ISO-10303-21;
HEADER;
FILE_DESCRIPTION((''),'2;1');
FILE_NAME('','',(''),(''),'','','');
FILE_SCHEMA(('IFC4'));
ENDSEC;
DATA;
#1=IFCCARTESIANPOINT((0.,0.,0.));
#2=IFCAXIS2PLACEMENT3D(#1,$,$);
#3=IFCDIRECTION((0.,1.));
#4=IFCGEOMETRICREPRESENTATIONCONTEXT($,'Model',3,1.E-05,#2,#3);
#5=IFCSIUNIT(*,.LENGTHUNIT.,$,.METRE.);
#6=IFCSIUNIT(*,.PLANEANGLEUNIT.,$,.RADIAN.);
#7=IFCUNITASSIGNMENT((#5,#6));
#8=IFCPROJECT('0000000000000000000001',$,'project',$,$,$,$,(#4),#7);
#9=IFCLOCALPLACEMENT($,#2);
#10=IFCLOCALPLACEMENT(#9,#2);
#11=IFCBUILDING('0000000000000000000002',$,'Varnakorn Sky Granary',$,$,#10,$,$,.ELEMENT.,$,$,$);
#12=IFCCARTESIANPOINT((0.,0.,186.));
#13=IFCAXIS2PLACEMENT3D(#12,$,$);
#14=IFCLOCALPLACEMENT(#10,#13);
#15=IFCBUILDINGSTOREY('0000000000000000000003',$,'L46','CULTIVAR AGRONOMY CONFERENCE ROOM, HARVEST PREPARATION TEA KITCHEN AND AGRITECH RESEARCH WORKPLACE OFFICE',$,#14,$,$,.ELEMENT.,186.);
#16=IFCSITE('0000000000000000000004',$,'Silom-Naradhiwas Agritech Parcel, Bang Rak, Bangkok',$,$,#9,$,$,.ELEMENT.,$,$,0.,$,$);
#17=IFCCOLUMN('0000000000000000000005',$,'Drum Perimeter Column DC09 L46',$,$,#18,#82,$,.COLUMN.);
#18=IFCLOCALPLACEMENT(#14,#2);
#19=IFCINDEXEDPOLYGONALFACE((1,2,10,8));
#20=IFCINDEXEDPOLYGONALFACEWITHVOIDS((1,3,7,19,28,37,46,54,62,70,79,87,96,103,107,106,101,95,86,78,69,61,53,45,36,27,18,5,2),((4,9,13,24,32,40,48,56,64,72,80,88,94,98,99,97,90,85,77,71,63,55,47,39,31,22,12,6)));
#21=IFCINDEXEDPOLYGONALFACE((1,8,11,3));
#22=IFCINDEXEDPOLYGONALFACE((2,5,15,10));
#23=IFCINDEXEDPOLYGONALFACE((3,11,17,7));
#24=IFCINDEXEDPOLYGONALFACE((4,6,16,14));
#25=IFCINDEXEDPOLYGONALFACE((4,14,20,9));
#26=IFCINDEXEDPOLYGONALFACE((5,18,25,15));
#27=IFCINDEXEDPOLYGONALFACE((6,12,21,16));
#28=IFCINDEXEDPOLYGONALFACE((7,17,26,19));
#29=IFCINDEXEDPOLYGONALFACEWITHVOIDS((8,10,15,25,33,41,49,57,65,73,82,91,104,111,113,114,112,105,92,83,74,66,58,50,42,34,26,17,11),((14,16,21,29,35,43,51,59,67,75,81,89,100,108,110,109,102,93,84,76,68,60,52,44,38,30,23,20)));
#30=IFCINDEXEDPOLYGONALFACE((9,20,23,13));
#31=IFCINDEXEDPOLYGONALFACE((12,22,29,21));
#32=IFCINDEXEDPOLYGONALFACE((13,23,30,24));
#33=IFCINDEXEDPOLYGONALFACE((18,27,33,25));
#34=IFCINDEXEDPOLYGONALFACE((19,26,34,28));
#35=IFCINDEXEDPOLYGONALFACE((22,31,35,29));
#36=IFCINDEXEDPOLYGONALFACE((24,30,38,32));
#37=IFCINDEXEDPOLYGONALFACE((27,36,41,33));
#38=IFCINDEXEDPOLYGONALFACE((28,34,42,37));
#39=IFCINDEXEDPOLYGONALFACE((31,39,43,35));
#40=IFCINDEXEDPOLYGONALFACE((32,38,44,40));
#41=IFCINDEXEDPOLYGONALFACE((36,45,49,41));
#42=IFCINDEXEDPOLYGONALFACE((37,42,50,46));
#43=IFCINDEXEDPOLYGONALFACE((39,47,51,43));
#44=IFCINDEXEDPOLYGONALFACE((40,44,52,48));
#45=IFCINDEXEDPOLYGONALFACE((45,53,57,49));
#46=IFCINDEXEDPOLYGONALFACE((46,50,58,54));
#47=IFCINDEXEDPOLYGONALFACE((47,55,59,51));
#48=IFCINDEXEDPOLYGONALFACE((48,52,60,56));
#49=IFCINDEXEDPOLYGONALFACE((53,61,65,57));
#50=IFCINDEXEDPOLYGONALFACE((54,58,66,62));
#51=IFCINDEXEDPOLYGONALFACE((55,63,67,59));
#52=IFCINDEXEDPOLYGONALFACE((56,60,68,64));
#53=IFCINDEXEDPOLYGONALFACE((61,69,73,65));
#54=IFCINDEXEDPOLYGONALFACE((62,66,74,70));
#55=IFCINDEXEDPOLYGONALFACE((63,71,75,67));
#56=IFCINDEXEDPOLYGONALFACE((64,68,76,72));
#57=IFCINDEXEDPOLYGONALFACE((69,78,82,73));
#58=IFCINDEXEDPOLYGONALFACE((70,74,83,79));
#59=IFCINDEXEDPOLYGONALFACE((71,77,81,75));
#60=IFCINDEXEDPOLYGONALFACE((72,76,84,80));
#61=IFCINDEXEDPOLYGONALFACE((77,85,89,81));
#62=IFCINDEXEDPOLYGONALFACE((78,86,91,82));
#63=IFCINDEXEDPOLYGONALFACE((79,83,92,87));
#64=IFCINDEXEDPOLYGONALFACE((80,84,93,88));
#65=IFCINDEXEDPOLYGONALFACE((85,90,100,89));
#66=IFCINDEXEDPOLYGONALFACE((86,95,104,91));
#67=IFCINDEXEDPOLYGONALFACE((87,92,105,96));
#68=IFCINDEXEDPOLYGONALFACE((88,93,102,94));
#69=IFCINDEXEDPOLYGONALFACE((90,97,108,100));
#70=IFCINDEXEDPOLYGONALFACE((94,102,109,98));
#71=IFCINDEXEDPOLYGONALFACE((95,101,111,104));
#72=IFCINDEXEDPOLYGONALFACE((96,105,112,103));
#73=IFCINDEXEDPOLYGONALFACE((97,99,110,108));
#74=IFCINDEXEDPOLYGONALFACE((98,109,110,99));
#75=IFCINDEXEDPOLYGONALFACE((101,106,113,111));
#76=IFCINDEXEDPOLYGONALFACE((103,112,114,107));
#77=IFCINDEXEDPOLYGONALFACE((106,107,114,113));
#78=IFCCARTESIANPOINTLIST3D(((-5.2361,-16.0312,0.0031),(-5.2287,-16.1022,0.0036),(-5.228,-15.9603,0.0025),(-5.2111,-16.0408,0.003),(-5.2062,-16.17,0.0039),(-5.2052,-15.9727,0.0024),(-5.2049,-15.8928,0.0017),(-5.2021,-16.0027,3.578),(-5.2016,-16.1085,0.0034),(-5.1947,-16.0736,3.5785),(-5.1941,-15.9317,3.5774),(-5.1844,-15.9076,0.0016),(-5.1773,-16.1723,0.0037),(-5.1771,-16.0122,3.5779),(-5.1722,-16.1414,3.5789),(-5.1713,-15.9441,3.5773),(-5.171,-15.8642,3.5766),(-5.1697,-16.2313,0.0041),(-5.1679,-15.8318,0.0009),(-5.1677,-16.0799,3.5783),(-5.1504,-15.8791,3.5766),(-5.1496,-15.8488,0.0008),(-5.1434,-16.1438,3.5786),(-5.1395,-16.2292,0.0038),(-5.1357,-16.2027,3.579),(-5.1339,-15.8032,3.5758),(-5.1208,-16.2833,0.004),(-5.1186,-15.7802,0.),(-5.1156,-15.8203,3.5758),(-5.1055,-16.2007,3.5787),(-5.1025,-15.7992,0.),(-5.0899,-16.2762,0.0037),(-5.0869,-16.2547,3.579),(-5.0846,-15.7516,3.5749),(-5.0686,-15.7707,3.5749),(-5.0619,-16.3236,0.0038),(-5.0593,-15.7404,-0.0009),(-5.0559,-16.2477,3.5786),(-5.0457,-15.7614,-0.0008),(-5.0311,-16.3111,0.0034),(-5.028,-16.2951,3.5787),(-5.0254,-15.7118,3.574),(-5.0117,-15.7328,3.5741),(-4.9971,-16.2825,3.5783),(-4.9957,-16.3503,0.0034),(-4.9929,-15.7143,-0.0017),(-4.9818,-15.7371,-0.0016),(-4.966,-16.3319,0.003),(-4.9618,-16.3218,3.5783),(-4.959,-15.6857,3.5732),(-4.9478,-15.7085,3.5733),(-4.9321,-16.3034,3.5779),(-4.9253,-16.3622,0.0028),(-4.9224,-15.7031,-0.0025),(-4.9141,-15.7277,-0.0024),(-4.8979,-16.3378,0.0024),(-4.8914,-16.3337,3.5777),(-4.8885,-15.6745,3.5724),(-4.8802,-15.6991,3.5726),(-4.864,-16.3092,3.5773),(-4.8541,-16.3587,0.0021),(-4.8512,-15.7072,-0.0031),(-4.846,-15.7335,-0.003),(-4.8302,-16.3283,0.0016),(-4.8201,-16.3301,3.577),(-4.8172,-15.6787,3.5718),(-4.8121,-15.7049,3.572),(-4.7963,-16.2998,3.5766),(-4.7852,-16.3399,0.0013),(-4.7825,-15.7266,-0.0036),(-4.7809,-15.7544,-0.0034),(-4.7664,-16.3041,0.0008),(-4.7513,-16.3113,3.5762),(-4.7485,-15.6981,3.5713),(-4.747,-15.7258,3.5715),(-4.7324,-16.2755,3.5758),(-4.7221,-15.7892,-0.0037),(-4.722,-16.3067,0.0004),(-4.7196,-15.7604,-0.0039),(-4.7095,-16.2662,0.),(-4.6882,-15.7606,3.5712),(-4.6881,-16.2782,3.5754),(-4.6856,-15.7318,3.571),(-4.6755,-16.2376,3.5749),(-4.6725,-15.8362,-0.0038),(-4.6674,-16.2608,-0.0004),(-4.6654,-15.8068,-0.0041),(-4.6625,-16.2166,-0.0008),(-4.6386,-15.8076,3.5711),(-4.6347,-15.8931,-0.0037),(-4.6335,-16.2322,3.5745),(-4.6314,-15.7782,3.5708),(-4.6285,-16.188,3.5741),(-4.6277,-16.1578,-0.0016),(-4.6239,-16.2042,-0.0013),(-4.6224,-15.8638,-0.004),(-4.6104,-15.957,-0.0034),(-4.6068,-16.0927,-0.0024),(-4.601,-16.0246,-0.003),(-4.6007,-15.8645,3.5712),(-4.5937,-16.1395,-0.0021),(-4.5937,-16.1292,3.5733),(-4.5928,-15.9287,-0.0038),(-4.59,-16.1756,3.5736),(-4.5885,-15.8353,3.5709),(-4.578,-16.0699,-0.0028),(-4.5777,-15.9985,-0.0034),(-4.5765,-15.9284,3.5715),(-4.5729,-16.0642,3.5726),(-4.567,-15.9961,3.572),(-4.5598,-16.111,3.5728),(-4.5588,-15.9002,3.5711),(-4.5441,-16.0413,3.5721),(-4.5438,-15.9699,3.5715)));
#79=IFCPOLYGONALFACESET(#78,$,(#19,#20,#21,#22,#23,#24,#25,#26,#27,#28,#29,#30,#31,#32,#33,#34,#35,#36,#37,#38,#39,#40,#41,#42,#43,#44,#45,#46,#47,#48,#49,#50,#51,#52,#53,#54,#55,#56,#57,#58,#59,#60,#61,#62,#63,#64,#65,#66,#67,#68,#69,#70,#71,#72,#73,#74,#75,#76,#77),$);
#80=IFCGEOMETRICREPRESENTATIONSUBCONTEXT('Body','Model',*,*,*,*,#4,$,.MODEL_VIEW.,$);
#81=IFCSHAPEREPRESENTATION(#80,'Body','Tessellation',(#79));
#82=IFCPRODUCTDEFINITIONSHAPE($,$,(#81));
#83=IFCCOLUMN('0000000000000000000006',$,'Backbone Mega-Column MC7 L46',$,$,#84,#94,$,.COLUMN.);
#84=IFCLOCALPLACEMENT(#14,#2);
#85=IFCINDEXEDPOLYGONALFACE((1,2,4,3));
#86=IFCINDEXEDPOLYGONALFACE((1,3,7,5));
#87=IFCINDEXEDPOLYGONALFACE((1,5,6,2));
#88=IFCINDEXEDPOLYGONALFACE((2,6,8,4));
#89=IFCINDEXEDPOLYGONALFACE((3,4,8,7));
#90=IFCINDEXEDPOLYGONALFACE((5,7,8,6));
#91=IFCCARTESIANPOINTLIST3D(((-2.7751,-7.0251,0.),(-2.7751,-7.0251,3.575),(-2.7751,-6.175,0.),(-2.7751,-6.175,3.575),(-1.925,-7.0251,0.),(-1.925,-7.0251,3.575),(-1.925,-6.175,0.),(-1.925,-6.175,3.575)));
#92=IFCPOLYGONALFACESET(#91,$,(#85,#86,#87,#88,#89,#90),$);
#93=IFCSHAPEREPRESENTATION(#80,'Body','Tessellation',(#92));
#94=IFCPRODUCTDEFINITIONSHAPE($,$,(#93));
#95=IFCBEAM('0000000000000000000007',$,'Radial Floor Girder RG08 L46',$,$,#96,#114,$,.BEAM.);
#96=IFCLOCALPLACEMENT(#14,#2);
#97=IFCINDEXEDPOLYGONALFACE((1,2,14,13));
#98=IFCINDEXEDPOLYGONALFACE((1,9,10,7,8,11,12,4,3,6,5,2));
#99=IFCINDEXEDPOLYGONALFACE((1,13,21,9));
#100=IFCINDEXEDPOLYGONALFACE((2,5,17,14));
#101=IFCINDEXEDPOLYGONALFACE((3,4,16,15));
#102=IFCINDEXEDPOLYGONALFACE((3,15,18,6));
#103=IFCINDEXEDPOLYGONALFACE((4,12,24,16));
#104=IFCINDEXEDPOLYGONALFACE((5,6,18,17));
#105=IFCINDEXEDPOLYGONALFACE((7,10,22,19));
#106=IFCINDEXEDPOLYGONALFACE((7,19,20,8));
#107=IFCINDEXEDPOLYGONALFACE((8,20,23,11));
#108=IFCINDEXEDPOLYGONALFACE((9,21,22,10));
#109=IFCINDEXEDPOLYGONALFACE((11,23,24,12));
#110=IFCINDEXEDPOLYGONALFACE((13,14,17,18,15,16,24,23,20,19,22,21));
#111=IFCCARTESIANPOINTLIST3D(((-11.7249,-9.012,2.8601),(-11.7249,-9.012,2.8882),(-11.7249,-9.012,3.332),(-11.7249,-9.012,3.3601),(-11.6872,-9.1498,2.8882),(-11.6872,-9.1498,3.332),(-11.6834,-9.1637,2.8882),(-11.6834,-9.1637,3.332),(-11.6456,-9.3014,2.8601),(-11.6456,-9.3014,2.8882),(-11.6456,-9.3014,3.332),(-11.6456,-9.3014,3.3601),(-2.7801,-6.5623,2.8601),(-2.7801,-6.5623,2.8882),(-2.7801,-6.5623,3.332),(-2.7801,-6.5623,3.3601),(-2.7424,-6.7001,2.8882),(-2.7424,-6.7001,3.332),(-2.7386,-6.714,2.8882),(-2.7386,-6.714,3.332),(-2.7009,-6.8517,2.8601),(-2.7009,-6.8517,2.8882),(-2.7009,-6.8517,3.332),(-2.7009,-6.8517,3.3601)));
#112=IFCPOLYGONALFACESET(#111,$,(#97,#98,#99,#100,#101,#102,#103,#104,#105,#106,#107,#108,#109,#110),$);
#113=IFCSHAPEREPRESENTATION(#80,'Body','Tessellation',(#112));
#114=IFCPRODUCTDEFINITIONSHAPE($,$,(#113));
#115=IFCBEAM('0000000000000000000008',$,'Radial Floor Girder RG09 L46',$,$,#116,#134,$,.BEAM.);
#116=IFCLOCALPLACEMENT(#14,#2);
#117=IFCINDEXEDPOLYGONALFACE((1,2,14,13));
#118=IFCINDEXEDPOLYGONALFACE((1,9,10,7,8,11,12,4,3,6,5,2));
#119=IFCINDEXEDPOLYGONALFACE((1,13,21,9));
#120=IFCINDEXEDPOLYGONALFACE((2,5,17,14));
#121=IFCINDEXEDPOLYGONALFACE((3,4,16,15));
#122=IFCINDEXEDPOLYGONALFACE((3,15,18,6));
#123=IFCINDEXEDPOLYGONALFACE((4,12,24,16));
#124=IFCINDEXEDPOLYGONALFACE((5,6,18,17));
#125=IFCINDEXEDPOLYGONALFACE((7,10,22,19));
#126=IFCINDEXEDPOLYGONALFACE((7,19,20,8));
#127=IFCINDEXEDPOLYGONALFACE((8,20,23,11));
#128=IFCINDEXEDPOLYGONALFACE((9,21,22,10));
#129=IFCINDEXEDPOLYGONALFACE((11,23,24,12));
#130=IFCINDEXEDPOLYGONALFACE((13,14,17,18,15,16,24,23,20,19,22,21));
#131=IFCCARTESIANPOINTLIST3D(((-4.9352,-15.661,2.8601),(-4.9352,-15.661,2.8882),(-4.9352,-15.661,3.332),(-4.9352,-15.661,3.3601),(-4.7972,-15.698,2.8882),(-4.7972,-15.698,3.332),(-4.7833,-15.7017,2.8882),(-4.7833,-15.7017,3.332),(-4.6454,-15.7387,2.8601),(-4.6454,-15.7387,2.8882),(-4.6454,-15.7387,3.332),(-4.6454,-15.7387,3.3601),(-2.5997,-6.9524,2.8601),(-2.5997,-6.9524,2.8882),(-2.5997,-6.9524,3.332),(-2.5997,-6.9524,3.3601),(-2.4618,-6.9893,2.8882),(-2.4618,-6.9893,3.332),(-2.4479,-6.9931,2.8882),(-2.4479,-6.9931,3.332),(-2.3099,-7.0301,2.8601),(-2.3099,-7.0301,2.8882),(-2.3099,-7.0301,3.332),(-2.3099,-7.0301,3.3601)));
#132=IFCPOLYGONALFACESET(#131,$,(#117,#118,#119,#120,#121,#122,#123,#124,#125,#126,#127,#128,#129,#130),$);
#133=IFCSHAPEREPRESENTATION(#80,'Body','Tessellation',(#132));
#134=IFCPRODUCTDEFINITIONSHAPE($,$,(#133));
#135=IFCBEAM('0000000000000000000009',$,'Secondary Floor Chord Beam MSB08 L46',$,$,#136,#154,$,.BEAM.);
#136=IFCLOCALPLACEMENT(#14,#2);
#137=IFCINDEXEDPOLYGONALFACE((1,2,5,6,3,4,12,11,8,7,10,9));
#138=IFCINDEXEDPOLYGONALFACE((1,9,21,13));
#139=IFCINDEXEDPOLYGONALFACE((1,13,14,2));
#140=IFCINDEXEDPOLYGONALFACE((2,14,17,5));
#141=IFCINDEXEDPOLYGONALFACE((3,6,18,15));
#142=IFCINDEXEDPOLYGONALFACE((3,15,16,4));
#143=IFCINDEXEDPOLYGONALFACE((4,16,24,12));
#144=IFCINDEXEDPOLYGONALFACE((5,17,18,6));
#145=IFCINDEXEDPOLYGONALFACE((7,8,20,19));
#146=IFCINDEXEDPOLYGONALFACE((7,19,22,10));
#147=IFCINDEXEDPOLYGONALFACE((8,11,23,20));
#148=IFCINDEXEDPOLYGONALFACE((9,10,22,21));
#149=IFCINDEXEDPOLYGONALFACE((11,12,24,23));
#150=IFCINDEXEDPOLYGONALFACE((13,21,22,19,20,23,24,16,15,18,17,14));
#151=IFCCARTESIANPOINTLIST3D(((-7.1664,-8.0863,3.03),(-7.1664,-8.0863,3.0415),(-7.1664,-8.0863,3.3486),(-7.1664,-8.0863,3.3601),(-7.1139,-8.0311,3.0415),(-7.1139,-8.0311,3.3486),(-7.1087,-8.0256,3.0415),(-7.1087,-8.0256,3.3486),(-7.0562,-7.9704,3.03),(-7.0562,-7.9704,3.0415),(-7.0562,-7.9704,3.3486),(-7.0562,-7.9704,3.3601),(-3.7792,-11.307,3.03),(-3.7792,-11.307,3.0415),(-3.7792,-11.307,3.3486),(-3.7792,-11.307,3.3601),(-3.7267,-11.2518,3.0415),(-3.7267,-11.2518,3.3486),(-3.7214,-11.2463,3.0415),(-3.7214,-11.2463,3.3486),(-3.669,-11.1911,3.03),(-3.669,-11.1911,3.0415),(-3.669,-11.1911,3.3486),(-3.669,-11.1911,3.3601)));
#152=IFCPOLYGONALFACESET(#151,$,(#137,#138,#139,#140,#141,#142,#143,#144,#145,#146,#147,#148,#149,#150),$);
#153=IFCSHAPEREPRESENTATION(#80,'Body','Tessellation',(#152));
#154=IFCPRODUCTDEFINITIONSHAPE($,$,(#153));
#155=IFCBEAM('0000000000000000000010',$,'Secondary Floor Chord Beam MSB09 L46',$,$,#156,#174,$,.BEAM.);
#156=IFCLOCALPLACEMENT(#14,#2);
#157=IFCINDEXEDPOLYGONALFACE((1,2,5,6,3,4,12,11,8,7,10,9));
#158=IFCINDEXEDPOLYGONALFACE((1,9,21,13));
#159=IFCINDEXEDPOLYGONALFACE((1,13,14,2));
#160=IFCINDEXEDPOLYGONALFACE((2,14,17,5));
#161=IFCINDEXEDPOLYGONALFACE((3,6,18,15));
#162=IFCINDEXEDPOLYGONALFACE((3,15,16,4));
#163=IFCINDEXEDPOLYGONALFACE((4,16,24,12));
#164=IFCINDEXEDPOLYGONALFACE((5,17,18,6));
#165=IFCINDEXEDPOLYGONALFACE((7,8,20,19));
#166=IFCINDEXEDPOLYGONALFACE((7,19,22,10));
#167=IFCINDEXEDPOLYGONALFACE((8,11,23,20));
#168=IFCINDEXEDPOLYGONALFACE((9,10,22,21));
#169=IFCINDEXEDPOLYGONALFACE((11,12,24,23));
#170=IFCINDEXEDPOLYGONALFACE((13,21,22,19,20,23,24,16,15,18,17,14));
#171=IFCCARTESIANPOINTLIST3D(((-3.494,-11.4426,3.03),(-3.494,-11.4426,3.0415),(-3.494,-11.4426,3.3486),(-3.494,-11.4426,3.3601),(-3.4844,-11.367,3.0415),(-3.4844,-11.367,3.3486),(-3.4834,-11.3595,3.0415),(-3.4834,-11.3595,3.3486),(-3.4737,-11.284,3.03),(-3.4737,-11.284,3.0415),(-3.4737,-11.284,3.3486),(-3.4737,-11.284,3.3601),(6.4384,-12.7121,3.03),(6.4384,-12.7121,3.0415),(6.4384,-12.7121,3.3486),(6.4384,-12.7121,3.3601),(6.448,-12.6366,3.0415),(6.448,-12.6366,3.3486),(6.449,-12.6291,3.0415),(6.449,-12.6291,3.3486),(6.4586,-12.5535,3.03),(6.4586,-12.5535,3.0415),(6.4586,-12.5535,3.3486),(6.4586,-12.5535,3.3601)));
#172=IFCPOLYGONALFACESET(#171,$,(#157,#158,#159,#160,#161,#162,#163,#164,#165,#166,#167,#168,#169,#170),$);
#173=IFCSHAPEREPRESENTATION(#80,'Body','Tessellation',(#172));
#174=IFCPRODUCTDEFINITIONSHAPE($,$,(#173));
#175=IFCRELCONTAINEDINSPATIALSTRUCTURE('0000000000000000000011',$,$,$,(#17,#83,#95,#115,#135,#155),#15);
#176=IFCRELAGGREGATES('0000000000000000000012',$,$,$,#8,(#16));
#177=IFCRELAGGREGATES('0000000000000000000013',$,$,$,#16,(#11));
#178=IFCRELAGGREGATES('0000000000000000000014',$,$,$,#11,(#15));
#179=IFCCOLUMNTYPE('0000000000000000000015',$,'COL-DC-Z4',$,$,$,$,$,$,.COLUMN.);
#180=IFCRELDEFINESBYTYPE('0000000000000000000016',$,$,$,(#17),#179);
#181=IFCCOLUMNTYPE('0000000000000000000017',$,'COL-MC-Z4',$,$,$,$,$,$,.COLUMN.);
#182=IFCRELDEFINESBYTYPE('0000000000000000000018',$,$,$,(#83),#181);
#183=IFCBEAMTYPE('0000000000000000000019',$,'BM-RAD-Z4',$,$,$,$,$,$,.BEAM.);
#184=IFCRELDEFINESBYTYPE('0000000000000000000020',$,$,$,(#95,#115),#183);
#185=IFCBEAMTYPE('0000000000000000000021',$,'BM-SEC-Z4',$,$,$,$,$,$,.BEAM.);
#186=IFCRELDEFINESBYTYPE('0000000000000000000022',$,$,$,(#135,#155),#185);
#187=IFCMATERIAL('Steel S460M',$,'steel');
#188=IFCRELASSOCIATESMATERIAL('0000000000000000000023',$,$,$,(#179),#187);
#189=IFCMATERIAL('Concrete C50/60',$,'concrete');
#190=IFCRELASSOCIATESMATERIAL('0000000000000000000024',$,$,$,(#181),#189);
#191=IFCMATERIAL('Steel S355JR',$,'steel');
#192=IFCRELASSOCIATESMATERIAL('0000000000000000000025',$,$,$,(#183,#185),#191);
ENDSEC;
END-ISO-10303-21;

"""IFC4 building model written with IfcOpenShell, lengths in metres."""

from ifc_helpers import new_model, si_unit, direction, frame, origin, origin_2d, place, context, subcontext, project, spatial, rectangle, hollow_circle, i_section, extrude, material, material_profile, profile_set, type_object, element, save


model = new_model("IFC4")

# Units and contexts
model_context = context("Model", 3, precision=1e-05, world=origin(), true_north=direction((0.0, 1.0)))
body_context = subcontext(model_context, "Body", "Model", "MODEL_VIEW")
ifc_project = project(units=[si_unit("LENGTHUNIT", "METRE"), si_unit("PLANEANGLEUNIT", "RADIAN")], contexts=[model_context])

# Site, building, storey
site_placement = place(None, origin())
site = spatial("IfcSite", under=ifc_project, at=site_placement, Name="Silom-Naradhiwas Agritech Parcel, Bang Rak, Bangkok", CompositionType="ELEMENT", RefElevation=0.0)
building_placement = place(site_placement, origin())
building = spatial("IfcBuilding", under=site, at=building_placement, Name="Varnakorn Sky Granary", CompositionType="ELEMENT")
storey_placement = place(building_placement, frame((0.0, 0.0, 186.0)))
storey = spatial("IfcBuildingStorey", under=building, at=storey_placement, Name="L46", Description="CULTIVAR AGRONOMY CONFERENCE ROOM, HARVEST PREPARATION TEA KITCHEN AND AGRITECH RESEARCH WORKPLACE OFFICE", CompositionType="ELEMENT", Elevation=186.0)

# Columns
ifc_material_1 = material(Name="Steel S460M", Category="steel")
ifc_material_profile_1 = material_profile(ifc_material_1, hollow_circle(Radius=0.3301, WallThickness=0.0249, at=origin_2d()), Name="CHS 660x25")
ifc_profile_set_1 = profile_set([ifc_material_profile_1], Name="Steel S460M")
column_type_1 = type_object("IfcColumnType", Name="COL-DC-Z4", PredefinedType="COLUMN", material=ifc_profile_set_1)
column_1_placement = place(storey_placement, frame((-4.906, -16.0327, 0.0), z_axis=(0.009492, 0.00799, 0.999923), x_axis=(-0.643966, 0.765054, 0.0)))
element("IfcColumn", 1, at=column_1_placement, inside=storey, type_object=column_type_1, Name="Drum Perimeter Column DC09 L46", PredefinedType="COLUMN", context=body_context, shape_type="SweptSolid", body=[
    extrude(hollow_circle(Radius=0.3301, WallThickness=0.0249, at=origin_2d()), origin(), (0.0, 0.0, 1.0), 3.5752),
])
ifc_material_2 = material(Name="Concrete C50/60", Category="concrete")
ifc_material_profile_2 = material_profile(ifc_material_2, rectangle(XDim=0.8501, YDim=0.8501, at=origin_2d()), Name="RC 850x850")
ifc_profile_set_2 = profile_set([ifc_material_profile_2], Name="Concrete C50/60")
column_type_2 = type_object("IfcColumnType", Name="COL-MC-Z4", PredefinedType="COLUMN", material=ifc_profile_set_2)
column_2_placement = place(storey_placement, frame((-2.3501, -6.6001, 0.0), z_axis=(0.0, 0.0, 1.0), x_axis=(1.0, 0.0, 0.0)))
element("IfcColumn", 2, at=column_2_placement, inside=storey, type_object=column_type_2, Name="Backbone Mega-Column MC7 L46", PredefinedType="COLUMN", context=body_context, shape_type="SweptSolid", body=[
    extrude(rectangle(XDim=0.8501, YDim=0.8501, at=origin_2d()), origin(), (0.0, 0.0, 1.0), 3.575),
])

# Beams
ifc_material_3 = material(Name="Steel S355JR", Category="steel")
ifc_material_profile_3 = material_profile(ifc_material_3, i_section(OverallWidth=0.3, OverallDepth=0.5, WebThickness=0.0144, FlangeThickness=0.0281, at=origin_2d()), Name="HE 500 B")
ifc_profile_set_3 = profile_set([ifc_material_profile_3], Name="Steel S355JR")
beam_type_1 = type_object("IfcBeamType", Name="BM-RAD-Z4", PredefinedType="BEAM", material=ifc_profile_set_3)
beam_1_placement = place(storey_placement, frame((-2.7405, -6.707, 3.1101), z_axis=(-0.964484, -0.264142, 0.0), x_axis=(0.264142, -0.964484, 0.0)))
element("IfcBeam", 3, at=beam_1_placement, inside=storey, type_object=beam_type_1, Name="Radial Floor Girder RG08 L46", PredefinedType="BEAM", context=body_context, shape_type="SweptSolid", body=[
    extrude(i_section(OverallWidth=0.3, OverallDepth=0.5, WebThickness=0.0144, FlangeThickness=0.0281, at=origin_2d()), origin(), (0.0, 0.0, 1.0), 9.2742),
])
beam_2_placement = place(storey_placement, frame((-2.4548, -6.9912, 3.1101), z_axis=(-0.259021, -0.965872, 0.0), x_axis=(0.965872, -0.259021, 0.0)))
element("IfcBeam", 4, at=beam_2_placement, inside=storey, type_object=beam_type_1, Name="Radial Floor Girder RG09 L46", PredefinedType="BEAM", context=body_context, shape_type="SweptSolid", body=[
    extrude(i_section(OverallWidth=0.3, OverallDepth=0.5, WebThickness=0.0144, FlangeThickness=0.0281, at=origin_2d()), origin(), (0.0, 0.0, 1.0), 9.0164),
])
ifc_material_profile_4 = material_profile(ifc_material_3, i_section(OverallWidth=0.1599, OverallDepth=0.3301, WebThickness=0.0076, FlangeThickness=0.0115, at=origin_2d()), Name="IPE 330")
ifc_profile_set_4 = profile_set([ifc_material_profile_4], Name="Steel S355JR")
beam_type_2 = type_object("IfcBeamType", Name="BM-SEC-Z4", PredefinedType="BEAM", material=ifc_profile_set_4)
beam_3_placement = place(storey_placement, frame((-7.1113, -8.0283, 3.1951), z_axis=(0.724694, -0.689071, 0.0), x_axis=(0.689071, 0.724694, 0.0)))
element("IfcBeam", 5, at=beam_3_placement, inside=storey, type_object=beam_type_2, Name="Secondary Floor Chord Beam MSB08 L46", PredefinedType="BEAM", context=body_context, shape_type="SweptSolid", body=[
    extrude(i_section(OverallWidth=0.1599, OverallDepth=0.3301, WebThickness=0.0076, FlangeThickness=0.0115, at=origin_2d()), origin(), (0.0, 0.0, 1.0), 4.6741),
])
beam_4_placement = place(storey_placement, frame((-3.4839, -11.3633, 3.1951), z_axis=(0.99193, -0.126786, 0.0), x_axis=(0.126786, 0.99193, 0.0)))
element("IfcBeam", 6, at=beam_4_placement, inside=storey, type_object=beam_type_2, Name="Secondary Floor Chord Beam MSB09 L46", PredefinedType="BEAM", context=body_context, shape_type="SweptSolid", body=[
    extrude(i_section(OverallWidth=0.1599, OverallDepth=0.3301, WebThickness=0.0076, FlangeThickness=0.0115, at=origin_2d()), origin(), (0.0, 0.0, 1.0), 10.0132),
])

save(model, "model.ifc")
